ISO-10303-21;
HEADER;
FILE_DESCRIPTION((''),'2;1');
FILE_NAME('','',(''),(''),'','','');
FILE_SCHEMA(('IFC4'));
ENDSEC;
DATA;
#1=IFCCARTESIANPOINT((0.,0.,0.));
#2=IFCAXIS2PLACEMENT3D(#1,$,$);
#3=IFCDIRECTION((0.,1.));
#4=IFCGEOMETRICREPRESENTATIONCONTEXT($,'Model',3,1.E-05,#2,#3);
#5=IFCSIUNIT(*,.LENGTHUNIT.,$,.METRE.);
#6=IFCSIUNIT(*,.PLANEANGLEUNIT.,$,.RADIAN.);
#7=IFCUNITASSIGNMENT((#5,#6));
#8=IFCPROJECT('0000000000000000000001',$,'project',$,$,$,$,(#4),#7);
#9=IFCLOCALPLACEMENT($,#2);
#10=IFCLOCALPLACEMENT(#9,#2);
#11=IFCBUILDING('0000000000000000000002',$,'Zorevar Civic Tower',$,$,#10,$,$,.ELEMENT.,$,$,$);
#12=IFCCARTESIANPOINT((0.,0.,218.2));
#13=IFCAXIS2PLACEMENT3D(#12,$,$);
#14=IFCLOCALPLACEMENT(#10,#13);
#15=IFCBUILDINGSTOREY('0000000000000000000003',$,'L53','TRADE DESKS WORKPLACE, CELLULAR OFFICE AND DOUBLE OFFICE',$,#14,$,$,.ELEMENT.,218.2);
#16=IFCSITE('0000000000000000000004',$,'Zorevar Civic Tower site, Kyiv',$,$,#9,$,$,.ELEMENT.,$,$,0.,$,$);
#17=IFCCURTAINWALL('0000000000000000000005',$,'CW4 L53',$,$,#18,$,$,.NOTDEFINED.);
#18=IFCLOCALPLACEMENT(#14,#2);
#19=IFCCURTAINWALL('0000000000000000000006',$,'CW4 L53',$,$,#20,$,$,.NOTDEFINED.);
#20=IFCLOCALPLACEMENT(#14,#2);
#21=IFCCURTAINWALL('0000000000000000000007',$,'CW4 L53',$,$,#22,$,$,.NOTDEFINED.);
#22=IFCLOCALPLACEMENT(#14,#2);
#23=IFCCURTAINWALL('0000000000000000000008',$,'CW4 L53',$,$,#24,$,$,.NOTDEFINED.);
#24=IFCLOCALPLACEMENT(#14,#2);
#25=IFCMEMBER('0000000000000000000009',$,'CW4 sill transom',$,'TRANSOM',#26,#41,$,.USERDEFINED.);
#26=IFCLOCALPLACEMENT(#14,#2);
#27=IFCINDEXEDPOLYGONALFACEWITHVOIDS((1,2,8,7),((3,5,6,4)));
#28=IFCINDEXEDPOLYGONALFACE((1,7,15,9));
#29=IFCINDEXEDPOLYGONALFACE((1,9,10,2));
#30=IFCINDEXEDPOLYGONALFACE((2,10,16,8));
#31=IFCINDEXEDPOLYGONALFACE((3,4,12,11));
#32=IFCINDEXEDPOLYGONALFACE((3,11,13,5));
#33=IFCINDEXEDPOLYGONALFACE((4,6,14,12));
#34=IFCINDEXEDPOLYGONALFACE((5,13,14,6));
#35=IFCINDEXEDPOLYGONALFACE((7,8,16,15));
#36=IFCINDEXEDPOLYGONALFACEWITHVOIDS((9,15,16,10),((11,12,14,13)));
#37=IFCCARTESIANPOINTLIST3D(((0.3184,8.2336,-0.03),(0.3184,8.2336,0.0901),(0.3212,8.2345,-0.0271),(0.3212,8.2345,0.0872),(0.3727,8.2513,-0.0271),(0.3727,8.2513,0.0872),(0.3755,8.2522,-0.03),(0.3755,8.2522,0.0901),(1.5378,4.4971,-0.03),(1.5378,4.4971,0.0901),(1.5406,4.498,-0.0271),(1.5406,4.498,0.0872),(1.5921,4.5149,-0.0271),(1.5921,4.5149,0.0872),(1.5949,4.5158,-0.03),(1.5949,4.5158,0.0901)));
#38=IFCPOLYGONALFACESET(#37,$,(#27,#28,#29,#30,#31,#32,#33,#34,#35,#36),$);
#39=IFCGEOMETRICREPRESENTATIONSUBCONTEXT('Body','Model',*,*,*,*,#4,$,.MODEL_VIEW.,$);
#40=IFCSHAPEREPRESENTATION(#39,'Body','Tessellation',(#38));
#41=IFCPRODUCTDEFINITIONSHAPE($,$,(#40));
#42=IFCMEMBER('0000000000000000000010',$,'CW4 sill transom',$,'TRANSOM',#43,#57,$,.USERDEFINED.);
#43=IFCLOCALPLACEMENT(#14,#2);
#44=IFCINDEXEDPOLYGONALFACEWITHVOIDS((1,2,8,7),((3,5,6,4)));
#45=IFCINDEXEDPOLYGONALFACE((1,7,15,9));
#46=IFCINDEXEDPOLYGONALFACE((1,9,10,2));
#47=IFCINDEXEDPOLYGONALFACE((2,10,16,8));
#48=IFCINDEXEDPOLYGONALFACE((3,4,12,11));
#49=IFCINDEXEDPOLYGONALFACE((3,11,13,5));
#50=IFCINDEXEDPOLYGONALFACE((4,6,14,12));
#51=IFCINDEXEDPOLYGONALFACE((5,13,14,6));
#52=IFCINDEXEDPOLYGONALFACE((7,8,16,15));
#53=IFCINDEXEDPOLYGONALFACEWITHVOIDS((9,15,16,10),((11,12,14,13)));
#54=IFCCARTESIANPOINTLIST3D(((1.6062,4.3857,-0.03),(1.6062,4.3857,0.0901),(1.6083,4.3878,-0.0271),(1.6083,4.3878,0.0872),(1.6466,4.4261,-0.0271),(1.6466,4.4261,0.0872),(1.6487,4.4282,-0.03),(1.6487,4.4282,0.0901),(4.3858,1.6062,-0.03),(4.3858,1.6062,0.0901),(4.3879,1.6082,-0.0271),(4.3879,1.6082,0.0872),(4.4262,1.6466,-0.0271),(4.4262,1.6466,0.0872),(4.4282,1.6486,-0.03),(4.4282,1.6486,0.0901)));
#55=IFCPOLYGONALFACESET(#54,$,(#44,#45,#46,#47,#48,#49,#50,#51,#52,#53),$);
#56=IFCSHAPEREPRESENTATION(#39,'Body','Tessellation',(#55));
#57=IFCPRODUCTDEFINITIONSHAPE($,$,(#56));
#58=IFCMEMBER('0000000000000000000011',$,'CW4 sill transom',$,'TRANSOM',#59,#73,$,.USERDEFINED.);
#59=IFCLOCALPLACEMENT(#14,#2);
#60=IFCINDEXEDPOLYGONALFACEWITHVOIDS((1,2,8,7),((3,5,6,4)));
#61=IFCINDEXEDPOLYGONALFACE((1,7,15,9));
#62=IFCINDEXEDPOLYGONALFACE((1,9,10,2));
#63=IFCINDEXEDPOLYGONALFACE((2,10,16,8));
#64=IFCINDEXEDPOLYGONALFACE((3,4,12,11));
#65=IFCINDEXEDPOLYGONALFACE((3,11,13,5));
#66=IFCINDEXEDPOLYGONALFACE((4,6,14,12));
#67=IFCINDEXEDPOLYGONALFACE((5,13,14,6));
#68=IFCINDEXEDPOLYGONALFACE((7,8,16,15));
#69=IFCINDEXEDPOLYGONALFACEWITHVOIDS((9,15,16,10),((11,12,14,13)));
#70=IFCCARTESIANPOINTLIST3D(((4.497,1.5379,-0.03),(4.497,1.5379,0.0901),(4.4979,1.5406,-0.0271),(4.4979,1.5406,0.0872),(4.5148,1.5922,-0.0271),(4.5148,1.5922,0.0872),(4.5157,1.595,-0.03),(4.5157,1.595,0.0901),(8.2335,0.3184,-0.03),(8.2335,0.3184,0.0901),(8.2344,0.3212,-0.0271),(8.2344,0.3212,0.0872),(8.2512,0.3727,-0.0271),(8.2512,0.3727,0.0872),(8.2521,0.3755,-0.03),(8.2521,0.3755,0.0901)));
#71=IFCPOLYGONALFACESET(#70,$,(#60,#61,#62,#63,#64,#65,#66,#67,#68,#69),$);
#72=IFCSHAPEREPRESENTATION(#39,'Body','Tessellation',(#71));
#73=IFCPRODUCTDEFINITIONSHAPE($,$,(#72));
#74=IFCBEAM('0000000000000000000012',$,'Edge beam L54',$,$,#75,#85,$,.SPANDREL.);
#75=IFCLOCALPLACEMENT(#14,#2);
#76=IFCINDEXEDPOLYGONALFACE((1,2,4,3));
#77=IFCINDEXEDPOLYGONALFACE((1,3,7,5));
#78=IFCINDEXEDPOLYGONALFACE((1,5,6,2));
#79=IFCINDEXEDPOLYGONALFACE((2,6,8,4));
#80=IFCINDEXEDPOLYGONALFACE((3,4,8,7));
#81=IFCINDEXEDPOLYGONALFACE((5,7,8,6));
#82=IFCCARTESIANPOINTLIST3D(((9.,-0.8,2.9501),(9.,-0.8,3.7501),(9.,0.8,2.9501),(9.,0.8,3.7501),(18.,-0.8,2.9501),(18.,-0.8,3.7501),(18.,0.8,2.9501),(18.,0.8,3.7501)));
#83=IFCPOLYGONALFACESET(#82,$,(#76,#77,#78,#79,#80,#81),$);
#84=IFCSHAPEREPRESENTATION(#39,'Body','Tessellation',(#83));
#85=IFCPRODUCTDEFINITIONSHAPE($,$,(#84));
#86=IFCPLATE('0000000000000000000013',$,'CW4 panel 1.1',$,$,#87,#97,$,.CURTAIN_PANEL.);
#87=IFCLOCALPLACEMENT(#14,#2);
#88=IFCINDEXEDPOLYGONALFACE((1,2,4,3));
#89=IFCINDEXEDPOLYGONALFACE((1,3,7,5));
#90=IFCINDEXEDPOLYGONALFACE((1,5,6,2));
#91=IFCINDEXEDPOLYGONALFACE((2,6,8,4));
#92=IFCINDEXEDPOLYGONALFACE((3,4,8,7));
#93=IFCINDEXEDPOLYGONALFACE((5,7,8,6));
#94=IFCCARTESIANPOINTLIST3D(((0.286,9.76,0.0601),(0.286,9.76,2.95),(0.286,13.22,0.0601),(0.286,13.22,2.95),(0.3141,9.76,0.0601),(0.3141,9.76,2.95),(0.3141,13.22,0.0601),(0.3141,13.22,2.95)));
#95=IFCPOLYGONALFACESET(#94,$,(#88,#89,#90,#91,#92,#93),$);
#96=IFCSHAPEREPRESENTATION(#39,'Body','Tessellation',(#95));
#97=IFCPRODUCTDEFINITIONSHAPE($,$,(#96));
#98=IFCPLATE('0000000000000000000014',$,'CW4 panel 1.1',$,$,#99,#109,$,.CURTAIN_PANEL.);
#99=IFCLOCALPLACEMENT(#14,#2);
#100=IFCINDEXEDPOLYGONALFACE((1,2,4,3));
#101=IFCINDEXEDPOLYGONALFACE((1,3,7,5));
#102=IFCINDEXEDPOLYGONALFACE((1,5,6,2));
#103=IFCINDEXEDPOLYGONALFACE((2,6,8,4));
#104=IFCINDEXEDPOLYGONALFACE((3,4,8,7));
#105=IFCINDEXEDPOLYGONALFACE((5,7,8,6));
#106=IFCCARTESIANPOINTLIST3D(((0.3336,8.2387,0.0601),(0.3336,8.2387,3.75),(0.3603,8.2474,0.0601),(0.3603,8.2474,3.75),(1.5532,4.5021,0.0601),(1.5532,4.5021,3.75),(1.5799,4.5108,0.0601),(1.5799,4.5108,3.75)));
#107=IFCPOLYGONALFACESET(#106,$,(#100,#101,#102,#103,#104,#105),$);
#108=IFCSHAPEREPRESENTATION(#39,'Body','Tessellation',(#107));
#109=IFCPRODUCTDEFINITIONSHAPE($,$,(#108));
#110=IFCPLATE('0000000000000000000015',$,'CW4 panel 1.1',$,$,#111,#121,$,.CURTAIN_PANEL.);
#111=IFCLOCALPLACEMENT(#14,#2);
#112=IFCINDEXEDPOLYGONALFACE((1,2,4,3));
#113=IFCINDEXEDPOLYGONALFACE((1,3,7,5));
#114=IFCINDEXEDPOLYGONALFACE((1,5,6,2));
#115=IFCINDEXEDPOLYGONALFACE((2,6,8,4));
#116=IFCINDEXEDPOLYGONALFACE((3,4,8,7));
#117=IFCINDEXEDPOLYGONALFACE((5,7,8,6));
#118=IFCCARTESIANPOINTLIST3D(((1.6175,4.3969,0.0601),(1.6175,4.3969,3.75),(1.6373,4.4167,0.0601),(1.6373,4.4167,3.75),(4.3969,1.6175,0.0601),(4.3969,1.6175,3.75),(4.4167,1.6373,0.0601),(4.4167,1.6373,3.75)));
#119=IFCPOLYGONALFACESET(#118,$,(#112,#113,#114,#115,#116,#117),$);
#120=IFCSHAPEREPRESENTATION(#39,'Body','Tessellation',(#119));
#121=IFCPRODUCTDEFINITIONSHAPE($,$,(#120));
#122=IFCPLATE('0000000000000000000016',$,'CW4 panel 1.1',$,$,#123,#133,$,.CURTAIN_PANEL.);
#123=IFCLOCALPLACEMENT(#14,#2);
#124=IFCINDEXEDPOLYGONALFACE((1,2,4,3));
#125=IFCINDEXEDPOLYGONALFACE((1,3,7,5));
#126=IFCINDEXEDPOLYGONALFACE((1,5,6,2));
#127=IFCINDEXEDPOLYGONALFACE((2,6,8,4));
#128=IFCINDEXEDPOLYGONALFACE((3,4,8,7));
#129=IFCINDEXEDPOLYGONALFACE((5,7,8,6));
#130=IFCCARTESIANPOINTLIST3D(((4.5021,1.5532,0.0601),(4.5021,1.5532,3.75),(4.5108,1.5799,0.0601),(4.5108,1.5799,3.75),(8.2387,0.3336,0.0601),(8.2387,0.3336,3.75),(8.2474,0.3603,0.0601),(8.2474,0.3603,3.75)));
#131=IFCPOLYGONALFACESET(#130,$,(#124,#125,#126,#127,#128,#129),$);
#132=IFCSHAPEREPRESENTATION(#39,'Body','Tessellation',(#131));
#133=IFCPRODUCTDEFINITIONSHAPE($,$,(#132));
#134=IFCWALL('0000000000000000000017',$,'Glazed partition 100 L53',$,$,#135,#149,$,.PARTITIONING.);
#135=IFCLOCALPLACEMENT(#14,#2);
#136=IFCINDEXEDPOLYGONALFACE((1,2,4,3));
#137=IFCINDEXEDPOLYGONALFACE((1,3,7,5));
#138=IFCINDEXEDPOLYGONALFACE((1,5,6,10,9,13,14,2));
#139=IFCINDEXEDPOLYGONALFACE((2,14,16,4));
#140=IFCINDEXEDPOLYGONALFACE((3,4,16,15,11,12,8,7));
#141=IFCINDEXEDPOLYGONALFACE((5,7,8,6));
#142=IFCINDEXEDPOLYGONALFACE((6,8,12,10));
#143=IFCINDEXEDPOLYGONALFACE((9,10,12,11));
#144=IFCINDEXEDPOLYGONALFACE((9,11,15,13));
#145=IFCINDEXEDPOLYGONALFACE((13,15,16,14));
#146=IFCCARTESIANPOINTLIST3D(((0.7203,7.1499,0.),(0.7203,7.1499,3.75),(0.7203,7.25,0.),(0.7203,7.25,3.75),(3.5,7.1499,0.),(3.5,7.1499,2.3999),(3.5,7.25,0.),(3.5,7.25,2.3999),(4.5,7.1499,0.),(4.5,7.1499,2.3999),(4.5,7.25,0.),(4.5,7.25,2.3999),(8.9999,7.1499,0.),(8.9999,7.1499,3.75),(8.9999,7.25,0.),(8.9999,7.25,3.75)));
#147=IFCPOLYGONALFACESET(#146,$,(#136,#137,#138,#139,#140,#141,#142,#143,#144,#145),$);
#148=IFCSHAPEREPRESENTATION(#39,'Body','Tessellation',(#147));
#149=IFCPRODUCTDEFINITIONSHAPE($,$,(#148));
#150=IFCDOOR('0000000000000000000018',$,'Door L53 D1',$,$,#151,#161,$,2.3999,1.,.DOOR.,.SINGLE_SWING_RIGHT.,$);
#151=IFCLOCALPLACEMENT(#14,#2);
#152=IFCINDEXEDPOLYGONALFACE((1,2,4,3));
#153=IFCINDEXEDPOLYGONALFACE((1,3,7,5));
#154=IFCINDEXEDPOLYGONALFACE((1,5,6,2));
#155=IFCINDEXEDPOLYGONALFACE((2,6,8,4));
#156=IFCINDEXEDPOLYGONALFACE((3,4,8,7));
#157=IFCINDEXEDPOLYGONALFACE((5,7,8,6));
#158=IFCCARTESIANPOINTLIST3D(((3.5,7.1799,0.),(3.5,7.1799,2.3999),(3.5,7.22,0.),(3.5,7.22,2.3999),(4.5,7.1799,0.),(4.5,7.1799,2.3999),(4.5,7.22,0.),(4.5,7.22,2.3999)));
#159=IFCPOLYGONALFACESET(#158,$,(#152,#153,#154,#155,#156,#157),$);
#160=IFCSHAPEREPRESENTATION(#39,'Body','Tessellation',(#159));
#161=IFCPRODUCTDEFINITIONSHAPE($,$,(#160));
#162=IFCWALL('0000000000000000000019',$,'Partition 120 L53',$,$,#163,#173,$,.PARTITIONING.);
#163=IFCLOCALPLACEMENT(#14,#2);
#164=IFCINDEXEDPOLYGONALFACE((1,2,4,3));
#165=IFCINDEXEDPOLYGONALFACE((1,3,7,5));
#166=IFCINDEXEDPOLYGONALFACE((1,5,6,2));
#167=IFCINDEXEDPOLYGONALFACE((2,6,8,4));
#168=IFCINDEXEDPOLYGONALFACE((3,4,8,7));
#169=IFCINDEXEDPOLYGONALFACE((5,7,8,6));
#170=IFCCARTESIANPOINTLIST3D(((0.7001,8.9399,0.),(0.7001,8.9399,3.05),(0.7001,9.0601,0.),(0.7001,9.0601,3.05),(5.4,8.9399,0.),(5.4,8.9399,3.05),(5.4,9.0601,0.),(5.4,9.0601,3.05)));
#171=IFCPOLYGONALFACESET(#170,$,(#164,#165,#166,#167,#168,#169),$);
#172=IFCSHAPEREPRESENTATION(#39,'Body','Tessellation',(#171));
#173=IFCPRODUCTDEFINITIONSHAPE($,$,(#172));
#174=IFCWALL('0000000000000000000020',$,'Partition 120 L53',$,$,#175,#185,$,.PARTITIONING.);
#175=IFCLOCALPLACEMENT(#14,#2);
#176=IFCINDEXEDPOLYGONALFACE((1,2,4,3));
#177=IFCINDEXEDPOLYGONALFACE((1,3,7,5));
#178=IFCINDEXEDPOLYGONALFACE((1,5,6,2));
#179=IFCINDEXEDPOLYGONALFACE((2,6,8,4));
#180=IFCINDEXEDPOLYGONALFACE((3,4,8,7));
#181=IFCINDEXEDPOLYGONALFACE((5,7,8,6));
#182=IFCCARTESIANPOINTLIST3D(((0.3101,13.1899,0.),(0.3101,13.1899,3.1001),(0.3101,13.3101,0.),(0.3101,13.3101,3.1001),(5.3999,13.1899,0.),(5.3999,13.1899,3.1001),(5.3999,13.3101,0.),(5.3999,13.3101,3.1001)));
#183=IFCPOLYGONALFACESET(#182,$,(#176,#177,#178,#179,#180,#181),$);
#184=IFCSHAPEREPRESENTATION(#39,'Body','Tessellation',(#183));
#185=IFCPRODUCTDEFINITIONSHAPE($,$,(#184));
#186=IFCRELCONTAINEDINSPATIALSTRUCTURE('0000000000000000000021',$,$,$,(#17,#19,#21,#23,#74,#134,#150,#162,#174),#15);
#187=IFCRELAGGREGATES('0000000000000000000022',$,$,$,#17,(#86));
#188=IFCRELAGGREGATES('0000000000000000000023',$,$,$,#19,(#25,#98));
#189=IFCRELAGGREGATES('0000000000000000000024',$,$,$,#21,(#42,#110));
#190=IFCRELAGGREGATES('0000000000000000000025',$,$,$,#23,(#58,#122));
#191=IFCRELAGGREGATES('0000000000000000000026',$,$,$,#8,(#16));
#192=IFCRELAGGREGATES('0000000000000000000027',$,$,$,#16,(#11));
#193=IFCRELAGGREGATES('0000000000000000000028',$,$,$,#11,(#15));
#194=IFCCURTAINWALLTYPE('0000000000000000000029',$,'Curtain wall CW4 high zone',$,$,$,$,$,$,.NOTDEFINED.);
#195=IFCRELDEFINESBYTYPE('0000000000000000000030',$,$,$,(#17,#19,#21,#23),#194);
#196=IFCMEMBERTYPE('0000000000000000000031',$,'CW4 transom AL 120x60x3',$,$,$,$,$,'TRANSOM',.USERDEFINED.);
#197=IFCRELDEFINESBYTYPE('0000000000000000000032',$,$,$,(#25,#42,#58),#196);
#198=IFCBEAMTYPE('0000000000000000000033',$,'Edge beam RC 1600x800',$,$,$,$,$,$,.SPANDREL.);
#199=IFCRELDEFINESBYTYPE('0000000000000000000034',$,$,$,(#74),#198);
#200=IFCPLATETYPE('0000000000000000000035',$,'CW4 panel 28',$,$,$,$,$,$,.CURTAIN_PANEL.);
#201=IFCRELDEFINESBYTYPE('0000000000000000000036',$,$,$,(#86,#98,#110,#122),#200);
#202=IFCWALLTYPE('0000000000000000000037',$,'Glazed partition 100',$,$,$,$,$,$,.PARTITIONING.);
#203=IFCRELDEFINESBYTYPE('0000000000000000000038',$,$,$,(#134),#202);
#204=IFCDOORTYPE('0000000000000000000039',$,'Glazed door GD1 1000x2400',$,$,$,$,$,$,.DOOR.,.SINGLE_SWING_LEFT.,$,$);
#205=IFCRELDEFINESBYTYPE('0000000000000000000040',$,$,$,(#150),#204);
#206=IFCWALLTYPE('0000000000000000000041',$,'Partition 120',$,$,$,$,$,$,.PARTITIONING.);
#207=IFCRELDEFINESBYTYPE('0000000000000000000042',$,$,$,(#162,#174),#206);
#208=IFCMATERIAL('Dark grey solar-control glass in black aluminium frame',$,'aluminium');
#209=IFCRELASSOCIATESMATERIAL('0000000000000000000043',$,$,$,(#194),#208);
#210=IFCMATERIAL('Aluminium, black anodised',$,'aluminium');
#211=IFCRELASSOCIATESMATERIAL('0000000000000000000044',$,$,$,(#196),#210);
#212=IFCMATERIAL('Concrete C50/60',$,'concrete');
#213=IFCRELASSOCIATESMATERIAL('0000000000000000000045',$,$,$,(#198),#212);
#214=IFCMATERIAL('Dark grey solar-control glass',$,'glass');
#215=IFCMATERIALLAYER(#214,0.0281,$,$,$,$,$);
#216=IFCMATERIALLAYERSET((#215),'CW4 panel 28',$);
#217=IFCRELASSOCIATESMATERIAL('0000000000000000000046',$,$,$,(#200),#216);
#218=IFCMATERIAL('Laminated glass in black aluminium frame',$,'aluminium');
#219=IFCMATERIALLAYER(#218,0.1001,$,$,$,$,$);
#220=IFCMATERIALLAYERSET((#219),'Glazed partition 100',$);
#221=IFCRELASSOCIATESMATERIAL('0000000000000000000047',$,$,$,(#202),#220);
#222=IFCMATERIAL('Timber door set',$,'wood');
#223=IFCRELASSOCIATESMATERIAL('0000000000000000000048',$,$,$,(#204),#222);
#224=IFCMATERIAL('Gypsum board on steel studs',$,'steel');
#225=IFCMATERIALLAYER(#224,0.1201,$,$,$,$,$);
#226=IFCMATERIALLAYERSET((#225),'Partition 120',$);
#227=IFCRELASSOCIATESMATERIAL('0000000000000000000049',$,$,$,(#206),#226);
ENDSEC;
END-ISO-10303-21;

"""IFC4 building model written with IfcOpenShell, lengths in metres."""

from ifc_helpers import new_model, si_unit, direction, frame, frame_2d, origin, origin_2d, place, context, subcontext, project, spatial, rectangle, hollow_rectangle, extrude, material, layer, layer_set, material_profile, profile_set, type_object, element, fill, aggregate, save


model = new_model("IFC4")

# Units and contexts
model_context = context("Model", 3, precision=1e-05, world=origin(), true_north=direction((0.0, 1.0)))
body_context = subcontext(model_context, "Body", "Model", "MODEL_VIEW")
ifc_project = project(units=[si_unit("LENGTHUNIT", "METRE"), si_unit("PLANEANGLEUNIT", "RADIAN")], contexts=[model_context])

# Site, building, storey
site_placement = place(None, origin())
site = spatial("IfcSite", under=ifc_project, at=site_placement, Name="Zorevar Civic Tower site, Kyiv", CompositionType="ELEMENT", RefElevation=0.0)
building_placement = place(site_placement, origin())
building = spatial("IfcBuilding", under=site, at=building_placement, Name="Zorevar Civic Tower", CompositionType="ELEMENT")
storey_placement = place(building_placement, frame((0.0, 0.0, 218.2)))
storey = spatial("IfcBuildingStorey", under=building, at=storey_placement, Name="L53", Description="TRADE DESKS WORKPLACE, CELLULAR OFFICE AND DOUBLE OFFICE", CompositionType="ELEMENT", Elevation=218.2)

# Curtain walls
ifc_material_1 = material(Name="Dark grey solar-control glass in black aluminium frame", Category="aluminium")
curtain_wall_type = type_object("IfcCurtainWallType", Name="Curtain wall CW4 high zone", PredefinedType="NOTDEFINED", material=ifc_material_1)
curtain_wall_1_placement = place(storey_placement, origin())
curtain_wall_1 = element("IfcCurtainWall", 1, at=curtain_wall_1_placement, inside=storey, type_object=curtain_wall_type, Name="CW4 L53", PredefinedType="NOTDEFINED")
curtain_wall_2_placement = place(storey_placement, origin())
curtain_wall_2 = element("IfcCurtainWall", 2, at=curtain_wall_2_placement, inside=storey, type_object=curtain_wall_type, Name="CW4 L53", PredefinedType="NOTDEFINED")
curtain_wall_3_placement = place(storey_placement, origin())
curtain_wall_3 = element("IfcCurtainWall", 3, at=curtain_wall_3_placement, inside=storey, type_object=curtain_wall_type, Name="CW4 L53", PredefinedType="NOTDEFINED")
curtain_wall_4_placement = place(storey_placement, origin())
curtain_wall_4 = element("IfcCurtainWall", 4, at=curtain_wall_4_placement, inside=storey, type_object=curtain_wall_type, Name="CW4 L53", PredefinedType="NOTDEFINED")

# Members
ifc_material_2 = material(Name="Aluminium, black anodised", Category="aluminium")
ifc_material_profile_1 = material_profile(ifc_material_2, hollow_rectangle(XDim=0.0601, YDim=0.1201, WallThickness=0.0029, at=origin_2d()), Name="AL 120x60x3")
ifc_profile_set_1 = profile_set([ifc_material_profile_1], Name="Aluminium, black anodised")
member_type_1 = type_object("IfcMemberType", Name="CW4 transom AL 120x60x3", ElementType="TRANSOM", PredefinedType="USERDEFINED", material=ifc_profile_set_1)
member_1_placement = place(storey_placement, frame((0.3469, 8.2429, 0.03), z_axis=(0.310259, -0.950652, 0.0), x_axis=(0.950652, 0.310259, 0.0)))
member_1 = element("IfcMember", 5, at=member_1_placement, type_object=member_type_1, Name="CW4 sill transom", ObjectType="TRANSOM", PredefinedType="USERDEFINED", context=body_context, shape_type="SweptSolid", body=[
    extrude(hollow_rectangle(XDim=0.0601, YDim=0.1201, WallThickness=0.0029, at=origin_2d()), origin(), (0.0, 0.0, 1.0), 3.9304),
])
member_2_placement = place(storey_placement, frame((1.6274, 4.407, 0.03), z_axis=(0.707107, -0.707107, 0.0), x_axis=(0.707107, 0.707107, 0.0)))
member_2 = element("IfcMember", 6, at=member_2_placement, type_object=member_type_1, Name="CW4 sill transom", ObjectType="TRANSOM", PredefinedType="USERDEFINED", context=body_context, shape_type="SweptSolid", body=[
    extrude(hollow_rectangle(XDim=0.0601, YDim=0.1201, WallThickness=0.0029, at=origin_2d()), origin(), (0.0, 0.0, 1.0), 3.9309),
])
member_3_placement = place(storey_placement, frame((4.5063, 1.5664, 0.03), z_axis=(0.950652, -0.310259, 0.0), x_axis=(0.310259, 0.950652, 0.0)))
member_3 = element("IfcMember", 7, at=member_3_placement, type_object=member_type_1, Name="CW4 sill transom", ObjectType="TRANSOM", PredefinedType="USERDEFINED", context=body_context, shape_type="SweptSolid", body=[
    extrude(hollow_rectangle(XDim=0.0601, YDim=0.1201, WallThickness=0.0029, at=origin_2d()), origin(), (0.0, 0.0, 1.0), 3.9304),
])

# Beam
ifc_material_3 = material(Name="Concrete C50/60", Category="concrete")
ifc_material_profile_2 = material_profile(ifc_material_3, rectangle(XDim=1.6001, YDim=0.8, at=origin_2d()), Name="RC 1600x800")
ifc_profile_set_2 = profile_set([ifc_material_profile_2], Name="Concrete C50/60")
beam_type_1 = type_object("IfcBeamType", Name="Edge beam RC 1600x800", PredefinedType="SPANDREL", material=ifc_profile_set_2)
beam_1_placement = place(storey_placement, frame((9.0, 0.0, 3.3501), z_axis=(1.0, 0.0, 0.0), x_axis=(0.0, 1.0, 0.0)))
element("IfcBeam", 8, at=beam_1_placement, inside=storey, type_object=beam_type_1, Name="Edge beam L54", PredefinedType="SPANDREL", context=body_context, shape_type="SweptSolid", body=[
    extrude(rectangle(XDim=1.6001, YDim=0.8, at=origin_2d()), origin(), (0.0, 0.0, 1.0), 9.0),
])

# Plates
ifc_material_4 = material(Name="Dark grey solar-control glass", Category="glass")
ifc_layer_1 = layer(ifc_material_4, 0.0281)
ifc_layer_set_1 = layer_set([ifc_layer_1], Name="CW4 panel 28")
plate_type = type_object("IfcPlateType", Name="CW4 panel 28", PredefinedType="CURTAIN_PANEL", material=ifc_layer_set_1)
plate_1_placement = place(storey_placement, frame((0.3, 11.49, 0.0601), z_axis=(0.0, 0.0, 1.0), x_axis=(0.0, 1.0, 0.0)))
plate_1 = element("IfcPlate", 9, at=plate_1_placement, type_object=plate_type, Name="CW4 panel 1.1", PredefinedType="CURTAIN_PANEL", context=body_context, shape_type="SweptSolid", body=[
    extrude(rectangle(XDim=3.46, YDim=0.0281, at=origin_2d()), origin(), (0.0, 0.0, 1.0), 2.8899),
])
aggregate(curtain_wall_1, [plate_1])
plate_2_placement = place(storey_placement, frame((0.9568, 6.3748, 0.0601), z_axis=(0.0, 0.0, 1.0), x_axis=(0.310281, -0.950645, 0.0)))
plate_2 = element("IfcPlate", 10, at=plate_2_placement, type_object=plate_type, Name="CW4 panel 1.1", PredefinedType="CURTAIN_PANEL", context=body_context, shape_type="SweptSolid", body=[
    extrude(rectangle(XDim=3.9307, YDim=0.0281, at=origin_2d()), origin(), (0.0, 0.0, 1.0), 3.6899),
])
aggregate(curtain_wall_2, [member_1, plate_2])
plate_3_placement = place(storey_placement, frame((3.0171, 3.0171, 0.0601), z_axis=(0.0, 0.0, 1.0), x_axis=(0.707107, -0.707107, 0.0)))
plate_3 = element("IfcPlate", 11, at=plate_3_placement, type_object=plate_type, Name="CW4 panel 1.1", PredefinedType="CURTAIN_PANEL", context=body_context, shape_type="SweptSolid", body=[
    extrude(rectangle(XDim=3.9307, YDim=0.0281, at=origin_2d()), origin(), (0.0, 0.0, 1.0), 3.6899),
])
aggregate(curtain_wall_3, [member_2, plate_3])
plate_4_placement = place(storey_placement, frame((6.3748, 0.9568, 0.0601), z_axis=(0.0, 0.0, 1.0), x_axis=(0.950645, -0.310281, 0.0)))
plate_4 = element("IfcPlate", 12, at=plate_4_placement, type_object=plate_type, Name="CW4 panel 1.1", PredefinedType="CURTAIN_PANEL", context=body_context, shape_type="SweptSolid", body=[
    extrude(rectangle(XDim=3.9307, YDim=0.0281, at=origin_2d()), origin(), (0.0, 0.0, 1.0), 3.6899),
])
aggregate(curtain_wall_4, [member_3, plate_4])

# Wall, opening, door
ifc_material_5 = material(Name="Laminated glass in black aluminium frame", Category="aluminium")
ifc_layer_2 = layer(ifc_material_5, 0.1001)
ifc_layer_set_2 = layer_set([ifc_layer_2], Name="Glazed partition 100")
wall_type_1 = type_object("IfcWallType", Name="Glazed partition 100", PredefinedType="PARTITIONING", material=ifc_layer_set_2)
wall_1_placement = place(storey_placement, frame((0.7205, 7.2, 0.0), z_axis=(0.0, 0.0, 1.0), x_axis=(1.0, 0.0, 0.0)))
wall_1 = element("IfcWall", 13, at=wall_1_placement, inside=storey, type_object=wall_type_1, Name="Glazed partition 100 L53", PredefinedType="PARTITIONING", context=body_context, shape_type="SweptSolid", body=[
    extrude(rectangle(XDim=8.2795, YDim=0.1001, at=frame_2d((4.1396, 0.0))), origin(), (0.0, 0.0, 1.0), 3.75),
])
opening_1_placement = place(wall_1_placement, frame((2.7795, 0.0, 0.0)))
opening_1 = element("IfcOpeningElement", 14, at=opening_1_placement, cuts=wall_1, PredefinedType="OPENING", context=body_context, shape_type="SweptSolid", body=[
    extrude(rectangle(XDim=1.0, YDim=2.3999, at=frame_2d((0.5, 1.2))), frame((0.0, 0.0601, 0.0), z_axis=(0.0, -1.0, 0.0), x_axis=(1.0, 0.0, 0.0)), (0.0, 0.0, 1.0), 0.1201),
])
ifc_material_6 = material(Name="Timber door set", Category="wood")
door_type_1 = type_object("IfcDoorType", Name="Glazed door GD1 1000x2400", OperationType="SINGLE_SWING_LEFT", PredefinedType="DOOR", material=ifc_material_6)
door_1_placement = place(opening_1_placement, origin())
door_1 = element("IfcDoor", 15, at=door_1_placement, inside=storey, type_object=door_type_1, Name="Door L53 D1", OperationType="SINGLE_SWING_RIGHT", OverallHeight=2.3999, OverallWidth=1.0, PredefinedType="DOOR", context=body_context, shape_type="SweptSolid", body=[
    extrude(rectangle(XDim=1.0, YDim=2.3999, at=frame_2d((0.5, 1.2))), frame((0.0, 0.02, 0.0), z_axis=(0.0, -1.0, 0.0), x_axis=(1.0, 0.0, 0.0)), (0.0, 0.0, 1.0), 0.04),
])
fill(opening_1, door_1)

# Walls
ifc_material_7 = material(Name="Gypsum board on steel studs", Category="steel")
ifc_layer_3 = layer(ifc_material_7, 0.1201)
ifc_layer_set_3 = layer_set([ifc_layer_3], Name="Partition 120")
wall_type_2 = type_object("IfcWallType", Name="Partition 120", PredefinedType="PARTITIONING", material=ifc_layer_set_3)
wall_2_placement = place(storey_placement, frame((0.7, 9.0, 0.0), z_axis=(0.0, 0.0, 1.0), x_axis=(1.0, 0.0, 0.0)))
element("IfcWall", 16, at=wall_2_placement, inside=storey, type_object=wall_type_2, Name="Partition 120 L53", PredefinedType="PARTITIONING", context=body_context, shape_type="SweptSolid", body=[
    extrude(rectangle(XDim=4.7, YDim=0.1201, at=frame_2d((2.3501, 0.0))), origin(), (0.0, 0.0, 1.0), 3.05),
])
wall_3_placement = place(storey_placement, frame((0.3101, 13.25, 0.0), z_axis=(0.0, 0.0, 1.0), x_axis=(1.0, 0.0, 0.0)))
element("IfcWall", 17, at=wall_3_placement, inside=storey, type_object=wall_type_2, Name="Partition 120 L53", PredefinedType="PARTITIONING", context=body_context, shape_type="SweptSolid", body=[
    extrude(rectangle(XDim=5.0898, YDim=0.1201, at=frame_2d((2.5449, 0.0))), origin(), (0.0, 0.0, 1.0), 3.1001),
])

save(model, "model.ifc")
